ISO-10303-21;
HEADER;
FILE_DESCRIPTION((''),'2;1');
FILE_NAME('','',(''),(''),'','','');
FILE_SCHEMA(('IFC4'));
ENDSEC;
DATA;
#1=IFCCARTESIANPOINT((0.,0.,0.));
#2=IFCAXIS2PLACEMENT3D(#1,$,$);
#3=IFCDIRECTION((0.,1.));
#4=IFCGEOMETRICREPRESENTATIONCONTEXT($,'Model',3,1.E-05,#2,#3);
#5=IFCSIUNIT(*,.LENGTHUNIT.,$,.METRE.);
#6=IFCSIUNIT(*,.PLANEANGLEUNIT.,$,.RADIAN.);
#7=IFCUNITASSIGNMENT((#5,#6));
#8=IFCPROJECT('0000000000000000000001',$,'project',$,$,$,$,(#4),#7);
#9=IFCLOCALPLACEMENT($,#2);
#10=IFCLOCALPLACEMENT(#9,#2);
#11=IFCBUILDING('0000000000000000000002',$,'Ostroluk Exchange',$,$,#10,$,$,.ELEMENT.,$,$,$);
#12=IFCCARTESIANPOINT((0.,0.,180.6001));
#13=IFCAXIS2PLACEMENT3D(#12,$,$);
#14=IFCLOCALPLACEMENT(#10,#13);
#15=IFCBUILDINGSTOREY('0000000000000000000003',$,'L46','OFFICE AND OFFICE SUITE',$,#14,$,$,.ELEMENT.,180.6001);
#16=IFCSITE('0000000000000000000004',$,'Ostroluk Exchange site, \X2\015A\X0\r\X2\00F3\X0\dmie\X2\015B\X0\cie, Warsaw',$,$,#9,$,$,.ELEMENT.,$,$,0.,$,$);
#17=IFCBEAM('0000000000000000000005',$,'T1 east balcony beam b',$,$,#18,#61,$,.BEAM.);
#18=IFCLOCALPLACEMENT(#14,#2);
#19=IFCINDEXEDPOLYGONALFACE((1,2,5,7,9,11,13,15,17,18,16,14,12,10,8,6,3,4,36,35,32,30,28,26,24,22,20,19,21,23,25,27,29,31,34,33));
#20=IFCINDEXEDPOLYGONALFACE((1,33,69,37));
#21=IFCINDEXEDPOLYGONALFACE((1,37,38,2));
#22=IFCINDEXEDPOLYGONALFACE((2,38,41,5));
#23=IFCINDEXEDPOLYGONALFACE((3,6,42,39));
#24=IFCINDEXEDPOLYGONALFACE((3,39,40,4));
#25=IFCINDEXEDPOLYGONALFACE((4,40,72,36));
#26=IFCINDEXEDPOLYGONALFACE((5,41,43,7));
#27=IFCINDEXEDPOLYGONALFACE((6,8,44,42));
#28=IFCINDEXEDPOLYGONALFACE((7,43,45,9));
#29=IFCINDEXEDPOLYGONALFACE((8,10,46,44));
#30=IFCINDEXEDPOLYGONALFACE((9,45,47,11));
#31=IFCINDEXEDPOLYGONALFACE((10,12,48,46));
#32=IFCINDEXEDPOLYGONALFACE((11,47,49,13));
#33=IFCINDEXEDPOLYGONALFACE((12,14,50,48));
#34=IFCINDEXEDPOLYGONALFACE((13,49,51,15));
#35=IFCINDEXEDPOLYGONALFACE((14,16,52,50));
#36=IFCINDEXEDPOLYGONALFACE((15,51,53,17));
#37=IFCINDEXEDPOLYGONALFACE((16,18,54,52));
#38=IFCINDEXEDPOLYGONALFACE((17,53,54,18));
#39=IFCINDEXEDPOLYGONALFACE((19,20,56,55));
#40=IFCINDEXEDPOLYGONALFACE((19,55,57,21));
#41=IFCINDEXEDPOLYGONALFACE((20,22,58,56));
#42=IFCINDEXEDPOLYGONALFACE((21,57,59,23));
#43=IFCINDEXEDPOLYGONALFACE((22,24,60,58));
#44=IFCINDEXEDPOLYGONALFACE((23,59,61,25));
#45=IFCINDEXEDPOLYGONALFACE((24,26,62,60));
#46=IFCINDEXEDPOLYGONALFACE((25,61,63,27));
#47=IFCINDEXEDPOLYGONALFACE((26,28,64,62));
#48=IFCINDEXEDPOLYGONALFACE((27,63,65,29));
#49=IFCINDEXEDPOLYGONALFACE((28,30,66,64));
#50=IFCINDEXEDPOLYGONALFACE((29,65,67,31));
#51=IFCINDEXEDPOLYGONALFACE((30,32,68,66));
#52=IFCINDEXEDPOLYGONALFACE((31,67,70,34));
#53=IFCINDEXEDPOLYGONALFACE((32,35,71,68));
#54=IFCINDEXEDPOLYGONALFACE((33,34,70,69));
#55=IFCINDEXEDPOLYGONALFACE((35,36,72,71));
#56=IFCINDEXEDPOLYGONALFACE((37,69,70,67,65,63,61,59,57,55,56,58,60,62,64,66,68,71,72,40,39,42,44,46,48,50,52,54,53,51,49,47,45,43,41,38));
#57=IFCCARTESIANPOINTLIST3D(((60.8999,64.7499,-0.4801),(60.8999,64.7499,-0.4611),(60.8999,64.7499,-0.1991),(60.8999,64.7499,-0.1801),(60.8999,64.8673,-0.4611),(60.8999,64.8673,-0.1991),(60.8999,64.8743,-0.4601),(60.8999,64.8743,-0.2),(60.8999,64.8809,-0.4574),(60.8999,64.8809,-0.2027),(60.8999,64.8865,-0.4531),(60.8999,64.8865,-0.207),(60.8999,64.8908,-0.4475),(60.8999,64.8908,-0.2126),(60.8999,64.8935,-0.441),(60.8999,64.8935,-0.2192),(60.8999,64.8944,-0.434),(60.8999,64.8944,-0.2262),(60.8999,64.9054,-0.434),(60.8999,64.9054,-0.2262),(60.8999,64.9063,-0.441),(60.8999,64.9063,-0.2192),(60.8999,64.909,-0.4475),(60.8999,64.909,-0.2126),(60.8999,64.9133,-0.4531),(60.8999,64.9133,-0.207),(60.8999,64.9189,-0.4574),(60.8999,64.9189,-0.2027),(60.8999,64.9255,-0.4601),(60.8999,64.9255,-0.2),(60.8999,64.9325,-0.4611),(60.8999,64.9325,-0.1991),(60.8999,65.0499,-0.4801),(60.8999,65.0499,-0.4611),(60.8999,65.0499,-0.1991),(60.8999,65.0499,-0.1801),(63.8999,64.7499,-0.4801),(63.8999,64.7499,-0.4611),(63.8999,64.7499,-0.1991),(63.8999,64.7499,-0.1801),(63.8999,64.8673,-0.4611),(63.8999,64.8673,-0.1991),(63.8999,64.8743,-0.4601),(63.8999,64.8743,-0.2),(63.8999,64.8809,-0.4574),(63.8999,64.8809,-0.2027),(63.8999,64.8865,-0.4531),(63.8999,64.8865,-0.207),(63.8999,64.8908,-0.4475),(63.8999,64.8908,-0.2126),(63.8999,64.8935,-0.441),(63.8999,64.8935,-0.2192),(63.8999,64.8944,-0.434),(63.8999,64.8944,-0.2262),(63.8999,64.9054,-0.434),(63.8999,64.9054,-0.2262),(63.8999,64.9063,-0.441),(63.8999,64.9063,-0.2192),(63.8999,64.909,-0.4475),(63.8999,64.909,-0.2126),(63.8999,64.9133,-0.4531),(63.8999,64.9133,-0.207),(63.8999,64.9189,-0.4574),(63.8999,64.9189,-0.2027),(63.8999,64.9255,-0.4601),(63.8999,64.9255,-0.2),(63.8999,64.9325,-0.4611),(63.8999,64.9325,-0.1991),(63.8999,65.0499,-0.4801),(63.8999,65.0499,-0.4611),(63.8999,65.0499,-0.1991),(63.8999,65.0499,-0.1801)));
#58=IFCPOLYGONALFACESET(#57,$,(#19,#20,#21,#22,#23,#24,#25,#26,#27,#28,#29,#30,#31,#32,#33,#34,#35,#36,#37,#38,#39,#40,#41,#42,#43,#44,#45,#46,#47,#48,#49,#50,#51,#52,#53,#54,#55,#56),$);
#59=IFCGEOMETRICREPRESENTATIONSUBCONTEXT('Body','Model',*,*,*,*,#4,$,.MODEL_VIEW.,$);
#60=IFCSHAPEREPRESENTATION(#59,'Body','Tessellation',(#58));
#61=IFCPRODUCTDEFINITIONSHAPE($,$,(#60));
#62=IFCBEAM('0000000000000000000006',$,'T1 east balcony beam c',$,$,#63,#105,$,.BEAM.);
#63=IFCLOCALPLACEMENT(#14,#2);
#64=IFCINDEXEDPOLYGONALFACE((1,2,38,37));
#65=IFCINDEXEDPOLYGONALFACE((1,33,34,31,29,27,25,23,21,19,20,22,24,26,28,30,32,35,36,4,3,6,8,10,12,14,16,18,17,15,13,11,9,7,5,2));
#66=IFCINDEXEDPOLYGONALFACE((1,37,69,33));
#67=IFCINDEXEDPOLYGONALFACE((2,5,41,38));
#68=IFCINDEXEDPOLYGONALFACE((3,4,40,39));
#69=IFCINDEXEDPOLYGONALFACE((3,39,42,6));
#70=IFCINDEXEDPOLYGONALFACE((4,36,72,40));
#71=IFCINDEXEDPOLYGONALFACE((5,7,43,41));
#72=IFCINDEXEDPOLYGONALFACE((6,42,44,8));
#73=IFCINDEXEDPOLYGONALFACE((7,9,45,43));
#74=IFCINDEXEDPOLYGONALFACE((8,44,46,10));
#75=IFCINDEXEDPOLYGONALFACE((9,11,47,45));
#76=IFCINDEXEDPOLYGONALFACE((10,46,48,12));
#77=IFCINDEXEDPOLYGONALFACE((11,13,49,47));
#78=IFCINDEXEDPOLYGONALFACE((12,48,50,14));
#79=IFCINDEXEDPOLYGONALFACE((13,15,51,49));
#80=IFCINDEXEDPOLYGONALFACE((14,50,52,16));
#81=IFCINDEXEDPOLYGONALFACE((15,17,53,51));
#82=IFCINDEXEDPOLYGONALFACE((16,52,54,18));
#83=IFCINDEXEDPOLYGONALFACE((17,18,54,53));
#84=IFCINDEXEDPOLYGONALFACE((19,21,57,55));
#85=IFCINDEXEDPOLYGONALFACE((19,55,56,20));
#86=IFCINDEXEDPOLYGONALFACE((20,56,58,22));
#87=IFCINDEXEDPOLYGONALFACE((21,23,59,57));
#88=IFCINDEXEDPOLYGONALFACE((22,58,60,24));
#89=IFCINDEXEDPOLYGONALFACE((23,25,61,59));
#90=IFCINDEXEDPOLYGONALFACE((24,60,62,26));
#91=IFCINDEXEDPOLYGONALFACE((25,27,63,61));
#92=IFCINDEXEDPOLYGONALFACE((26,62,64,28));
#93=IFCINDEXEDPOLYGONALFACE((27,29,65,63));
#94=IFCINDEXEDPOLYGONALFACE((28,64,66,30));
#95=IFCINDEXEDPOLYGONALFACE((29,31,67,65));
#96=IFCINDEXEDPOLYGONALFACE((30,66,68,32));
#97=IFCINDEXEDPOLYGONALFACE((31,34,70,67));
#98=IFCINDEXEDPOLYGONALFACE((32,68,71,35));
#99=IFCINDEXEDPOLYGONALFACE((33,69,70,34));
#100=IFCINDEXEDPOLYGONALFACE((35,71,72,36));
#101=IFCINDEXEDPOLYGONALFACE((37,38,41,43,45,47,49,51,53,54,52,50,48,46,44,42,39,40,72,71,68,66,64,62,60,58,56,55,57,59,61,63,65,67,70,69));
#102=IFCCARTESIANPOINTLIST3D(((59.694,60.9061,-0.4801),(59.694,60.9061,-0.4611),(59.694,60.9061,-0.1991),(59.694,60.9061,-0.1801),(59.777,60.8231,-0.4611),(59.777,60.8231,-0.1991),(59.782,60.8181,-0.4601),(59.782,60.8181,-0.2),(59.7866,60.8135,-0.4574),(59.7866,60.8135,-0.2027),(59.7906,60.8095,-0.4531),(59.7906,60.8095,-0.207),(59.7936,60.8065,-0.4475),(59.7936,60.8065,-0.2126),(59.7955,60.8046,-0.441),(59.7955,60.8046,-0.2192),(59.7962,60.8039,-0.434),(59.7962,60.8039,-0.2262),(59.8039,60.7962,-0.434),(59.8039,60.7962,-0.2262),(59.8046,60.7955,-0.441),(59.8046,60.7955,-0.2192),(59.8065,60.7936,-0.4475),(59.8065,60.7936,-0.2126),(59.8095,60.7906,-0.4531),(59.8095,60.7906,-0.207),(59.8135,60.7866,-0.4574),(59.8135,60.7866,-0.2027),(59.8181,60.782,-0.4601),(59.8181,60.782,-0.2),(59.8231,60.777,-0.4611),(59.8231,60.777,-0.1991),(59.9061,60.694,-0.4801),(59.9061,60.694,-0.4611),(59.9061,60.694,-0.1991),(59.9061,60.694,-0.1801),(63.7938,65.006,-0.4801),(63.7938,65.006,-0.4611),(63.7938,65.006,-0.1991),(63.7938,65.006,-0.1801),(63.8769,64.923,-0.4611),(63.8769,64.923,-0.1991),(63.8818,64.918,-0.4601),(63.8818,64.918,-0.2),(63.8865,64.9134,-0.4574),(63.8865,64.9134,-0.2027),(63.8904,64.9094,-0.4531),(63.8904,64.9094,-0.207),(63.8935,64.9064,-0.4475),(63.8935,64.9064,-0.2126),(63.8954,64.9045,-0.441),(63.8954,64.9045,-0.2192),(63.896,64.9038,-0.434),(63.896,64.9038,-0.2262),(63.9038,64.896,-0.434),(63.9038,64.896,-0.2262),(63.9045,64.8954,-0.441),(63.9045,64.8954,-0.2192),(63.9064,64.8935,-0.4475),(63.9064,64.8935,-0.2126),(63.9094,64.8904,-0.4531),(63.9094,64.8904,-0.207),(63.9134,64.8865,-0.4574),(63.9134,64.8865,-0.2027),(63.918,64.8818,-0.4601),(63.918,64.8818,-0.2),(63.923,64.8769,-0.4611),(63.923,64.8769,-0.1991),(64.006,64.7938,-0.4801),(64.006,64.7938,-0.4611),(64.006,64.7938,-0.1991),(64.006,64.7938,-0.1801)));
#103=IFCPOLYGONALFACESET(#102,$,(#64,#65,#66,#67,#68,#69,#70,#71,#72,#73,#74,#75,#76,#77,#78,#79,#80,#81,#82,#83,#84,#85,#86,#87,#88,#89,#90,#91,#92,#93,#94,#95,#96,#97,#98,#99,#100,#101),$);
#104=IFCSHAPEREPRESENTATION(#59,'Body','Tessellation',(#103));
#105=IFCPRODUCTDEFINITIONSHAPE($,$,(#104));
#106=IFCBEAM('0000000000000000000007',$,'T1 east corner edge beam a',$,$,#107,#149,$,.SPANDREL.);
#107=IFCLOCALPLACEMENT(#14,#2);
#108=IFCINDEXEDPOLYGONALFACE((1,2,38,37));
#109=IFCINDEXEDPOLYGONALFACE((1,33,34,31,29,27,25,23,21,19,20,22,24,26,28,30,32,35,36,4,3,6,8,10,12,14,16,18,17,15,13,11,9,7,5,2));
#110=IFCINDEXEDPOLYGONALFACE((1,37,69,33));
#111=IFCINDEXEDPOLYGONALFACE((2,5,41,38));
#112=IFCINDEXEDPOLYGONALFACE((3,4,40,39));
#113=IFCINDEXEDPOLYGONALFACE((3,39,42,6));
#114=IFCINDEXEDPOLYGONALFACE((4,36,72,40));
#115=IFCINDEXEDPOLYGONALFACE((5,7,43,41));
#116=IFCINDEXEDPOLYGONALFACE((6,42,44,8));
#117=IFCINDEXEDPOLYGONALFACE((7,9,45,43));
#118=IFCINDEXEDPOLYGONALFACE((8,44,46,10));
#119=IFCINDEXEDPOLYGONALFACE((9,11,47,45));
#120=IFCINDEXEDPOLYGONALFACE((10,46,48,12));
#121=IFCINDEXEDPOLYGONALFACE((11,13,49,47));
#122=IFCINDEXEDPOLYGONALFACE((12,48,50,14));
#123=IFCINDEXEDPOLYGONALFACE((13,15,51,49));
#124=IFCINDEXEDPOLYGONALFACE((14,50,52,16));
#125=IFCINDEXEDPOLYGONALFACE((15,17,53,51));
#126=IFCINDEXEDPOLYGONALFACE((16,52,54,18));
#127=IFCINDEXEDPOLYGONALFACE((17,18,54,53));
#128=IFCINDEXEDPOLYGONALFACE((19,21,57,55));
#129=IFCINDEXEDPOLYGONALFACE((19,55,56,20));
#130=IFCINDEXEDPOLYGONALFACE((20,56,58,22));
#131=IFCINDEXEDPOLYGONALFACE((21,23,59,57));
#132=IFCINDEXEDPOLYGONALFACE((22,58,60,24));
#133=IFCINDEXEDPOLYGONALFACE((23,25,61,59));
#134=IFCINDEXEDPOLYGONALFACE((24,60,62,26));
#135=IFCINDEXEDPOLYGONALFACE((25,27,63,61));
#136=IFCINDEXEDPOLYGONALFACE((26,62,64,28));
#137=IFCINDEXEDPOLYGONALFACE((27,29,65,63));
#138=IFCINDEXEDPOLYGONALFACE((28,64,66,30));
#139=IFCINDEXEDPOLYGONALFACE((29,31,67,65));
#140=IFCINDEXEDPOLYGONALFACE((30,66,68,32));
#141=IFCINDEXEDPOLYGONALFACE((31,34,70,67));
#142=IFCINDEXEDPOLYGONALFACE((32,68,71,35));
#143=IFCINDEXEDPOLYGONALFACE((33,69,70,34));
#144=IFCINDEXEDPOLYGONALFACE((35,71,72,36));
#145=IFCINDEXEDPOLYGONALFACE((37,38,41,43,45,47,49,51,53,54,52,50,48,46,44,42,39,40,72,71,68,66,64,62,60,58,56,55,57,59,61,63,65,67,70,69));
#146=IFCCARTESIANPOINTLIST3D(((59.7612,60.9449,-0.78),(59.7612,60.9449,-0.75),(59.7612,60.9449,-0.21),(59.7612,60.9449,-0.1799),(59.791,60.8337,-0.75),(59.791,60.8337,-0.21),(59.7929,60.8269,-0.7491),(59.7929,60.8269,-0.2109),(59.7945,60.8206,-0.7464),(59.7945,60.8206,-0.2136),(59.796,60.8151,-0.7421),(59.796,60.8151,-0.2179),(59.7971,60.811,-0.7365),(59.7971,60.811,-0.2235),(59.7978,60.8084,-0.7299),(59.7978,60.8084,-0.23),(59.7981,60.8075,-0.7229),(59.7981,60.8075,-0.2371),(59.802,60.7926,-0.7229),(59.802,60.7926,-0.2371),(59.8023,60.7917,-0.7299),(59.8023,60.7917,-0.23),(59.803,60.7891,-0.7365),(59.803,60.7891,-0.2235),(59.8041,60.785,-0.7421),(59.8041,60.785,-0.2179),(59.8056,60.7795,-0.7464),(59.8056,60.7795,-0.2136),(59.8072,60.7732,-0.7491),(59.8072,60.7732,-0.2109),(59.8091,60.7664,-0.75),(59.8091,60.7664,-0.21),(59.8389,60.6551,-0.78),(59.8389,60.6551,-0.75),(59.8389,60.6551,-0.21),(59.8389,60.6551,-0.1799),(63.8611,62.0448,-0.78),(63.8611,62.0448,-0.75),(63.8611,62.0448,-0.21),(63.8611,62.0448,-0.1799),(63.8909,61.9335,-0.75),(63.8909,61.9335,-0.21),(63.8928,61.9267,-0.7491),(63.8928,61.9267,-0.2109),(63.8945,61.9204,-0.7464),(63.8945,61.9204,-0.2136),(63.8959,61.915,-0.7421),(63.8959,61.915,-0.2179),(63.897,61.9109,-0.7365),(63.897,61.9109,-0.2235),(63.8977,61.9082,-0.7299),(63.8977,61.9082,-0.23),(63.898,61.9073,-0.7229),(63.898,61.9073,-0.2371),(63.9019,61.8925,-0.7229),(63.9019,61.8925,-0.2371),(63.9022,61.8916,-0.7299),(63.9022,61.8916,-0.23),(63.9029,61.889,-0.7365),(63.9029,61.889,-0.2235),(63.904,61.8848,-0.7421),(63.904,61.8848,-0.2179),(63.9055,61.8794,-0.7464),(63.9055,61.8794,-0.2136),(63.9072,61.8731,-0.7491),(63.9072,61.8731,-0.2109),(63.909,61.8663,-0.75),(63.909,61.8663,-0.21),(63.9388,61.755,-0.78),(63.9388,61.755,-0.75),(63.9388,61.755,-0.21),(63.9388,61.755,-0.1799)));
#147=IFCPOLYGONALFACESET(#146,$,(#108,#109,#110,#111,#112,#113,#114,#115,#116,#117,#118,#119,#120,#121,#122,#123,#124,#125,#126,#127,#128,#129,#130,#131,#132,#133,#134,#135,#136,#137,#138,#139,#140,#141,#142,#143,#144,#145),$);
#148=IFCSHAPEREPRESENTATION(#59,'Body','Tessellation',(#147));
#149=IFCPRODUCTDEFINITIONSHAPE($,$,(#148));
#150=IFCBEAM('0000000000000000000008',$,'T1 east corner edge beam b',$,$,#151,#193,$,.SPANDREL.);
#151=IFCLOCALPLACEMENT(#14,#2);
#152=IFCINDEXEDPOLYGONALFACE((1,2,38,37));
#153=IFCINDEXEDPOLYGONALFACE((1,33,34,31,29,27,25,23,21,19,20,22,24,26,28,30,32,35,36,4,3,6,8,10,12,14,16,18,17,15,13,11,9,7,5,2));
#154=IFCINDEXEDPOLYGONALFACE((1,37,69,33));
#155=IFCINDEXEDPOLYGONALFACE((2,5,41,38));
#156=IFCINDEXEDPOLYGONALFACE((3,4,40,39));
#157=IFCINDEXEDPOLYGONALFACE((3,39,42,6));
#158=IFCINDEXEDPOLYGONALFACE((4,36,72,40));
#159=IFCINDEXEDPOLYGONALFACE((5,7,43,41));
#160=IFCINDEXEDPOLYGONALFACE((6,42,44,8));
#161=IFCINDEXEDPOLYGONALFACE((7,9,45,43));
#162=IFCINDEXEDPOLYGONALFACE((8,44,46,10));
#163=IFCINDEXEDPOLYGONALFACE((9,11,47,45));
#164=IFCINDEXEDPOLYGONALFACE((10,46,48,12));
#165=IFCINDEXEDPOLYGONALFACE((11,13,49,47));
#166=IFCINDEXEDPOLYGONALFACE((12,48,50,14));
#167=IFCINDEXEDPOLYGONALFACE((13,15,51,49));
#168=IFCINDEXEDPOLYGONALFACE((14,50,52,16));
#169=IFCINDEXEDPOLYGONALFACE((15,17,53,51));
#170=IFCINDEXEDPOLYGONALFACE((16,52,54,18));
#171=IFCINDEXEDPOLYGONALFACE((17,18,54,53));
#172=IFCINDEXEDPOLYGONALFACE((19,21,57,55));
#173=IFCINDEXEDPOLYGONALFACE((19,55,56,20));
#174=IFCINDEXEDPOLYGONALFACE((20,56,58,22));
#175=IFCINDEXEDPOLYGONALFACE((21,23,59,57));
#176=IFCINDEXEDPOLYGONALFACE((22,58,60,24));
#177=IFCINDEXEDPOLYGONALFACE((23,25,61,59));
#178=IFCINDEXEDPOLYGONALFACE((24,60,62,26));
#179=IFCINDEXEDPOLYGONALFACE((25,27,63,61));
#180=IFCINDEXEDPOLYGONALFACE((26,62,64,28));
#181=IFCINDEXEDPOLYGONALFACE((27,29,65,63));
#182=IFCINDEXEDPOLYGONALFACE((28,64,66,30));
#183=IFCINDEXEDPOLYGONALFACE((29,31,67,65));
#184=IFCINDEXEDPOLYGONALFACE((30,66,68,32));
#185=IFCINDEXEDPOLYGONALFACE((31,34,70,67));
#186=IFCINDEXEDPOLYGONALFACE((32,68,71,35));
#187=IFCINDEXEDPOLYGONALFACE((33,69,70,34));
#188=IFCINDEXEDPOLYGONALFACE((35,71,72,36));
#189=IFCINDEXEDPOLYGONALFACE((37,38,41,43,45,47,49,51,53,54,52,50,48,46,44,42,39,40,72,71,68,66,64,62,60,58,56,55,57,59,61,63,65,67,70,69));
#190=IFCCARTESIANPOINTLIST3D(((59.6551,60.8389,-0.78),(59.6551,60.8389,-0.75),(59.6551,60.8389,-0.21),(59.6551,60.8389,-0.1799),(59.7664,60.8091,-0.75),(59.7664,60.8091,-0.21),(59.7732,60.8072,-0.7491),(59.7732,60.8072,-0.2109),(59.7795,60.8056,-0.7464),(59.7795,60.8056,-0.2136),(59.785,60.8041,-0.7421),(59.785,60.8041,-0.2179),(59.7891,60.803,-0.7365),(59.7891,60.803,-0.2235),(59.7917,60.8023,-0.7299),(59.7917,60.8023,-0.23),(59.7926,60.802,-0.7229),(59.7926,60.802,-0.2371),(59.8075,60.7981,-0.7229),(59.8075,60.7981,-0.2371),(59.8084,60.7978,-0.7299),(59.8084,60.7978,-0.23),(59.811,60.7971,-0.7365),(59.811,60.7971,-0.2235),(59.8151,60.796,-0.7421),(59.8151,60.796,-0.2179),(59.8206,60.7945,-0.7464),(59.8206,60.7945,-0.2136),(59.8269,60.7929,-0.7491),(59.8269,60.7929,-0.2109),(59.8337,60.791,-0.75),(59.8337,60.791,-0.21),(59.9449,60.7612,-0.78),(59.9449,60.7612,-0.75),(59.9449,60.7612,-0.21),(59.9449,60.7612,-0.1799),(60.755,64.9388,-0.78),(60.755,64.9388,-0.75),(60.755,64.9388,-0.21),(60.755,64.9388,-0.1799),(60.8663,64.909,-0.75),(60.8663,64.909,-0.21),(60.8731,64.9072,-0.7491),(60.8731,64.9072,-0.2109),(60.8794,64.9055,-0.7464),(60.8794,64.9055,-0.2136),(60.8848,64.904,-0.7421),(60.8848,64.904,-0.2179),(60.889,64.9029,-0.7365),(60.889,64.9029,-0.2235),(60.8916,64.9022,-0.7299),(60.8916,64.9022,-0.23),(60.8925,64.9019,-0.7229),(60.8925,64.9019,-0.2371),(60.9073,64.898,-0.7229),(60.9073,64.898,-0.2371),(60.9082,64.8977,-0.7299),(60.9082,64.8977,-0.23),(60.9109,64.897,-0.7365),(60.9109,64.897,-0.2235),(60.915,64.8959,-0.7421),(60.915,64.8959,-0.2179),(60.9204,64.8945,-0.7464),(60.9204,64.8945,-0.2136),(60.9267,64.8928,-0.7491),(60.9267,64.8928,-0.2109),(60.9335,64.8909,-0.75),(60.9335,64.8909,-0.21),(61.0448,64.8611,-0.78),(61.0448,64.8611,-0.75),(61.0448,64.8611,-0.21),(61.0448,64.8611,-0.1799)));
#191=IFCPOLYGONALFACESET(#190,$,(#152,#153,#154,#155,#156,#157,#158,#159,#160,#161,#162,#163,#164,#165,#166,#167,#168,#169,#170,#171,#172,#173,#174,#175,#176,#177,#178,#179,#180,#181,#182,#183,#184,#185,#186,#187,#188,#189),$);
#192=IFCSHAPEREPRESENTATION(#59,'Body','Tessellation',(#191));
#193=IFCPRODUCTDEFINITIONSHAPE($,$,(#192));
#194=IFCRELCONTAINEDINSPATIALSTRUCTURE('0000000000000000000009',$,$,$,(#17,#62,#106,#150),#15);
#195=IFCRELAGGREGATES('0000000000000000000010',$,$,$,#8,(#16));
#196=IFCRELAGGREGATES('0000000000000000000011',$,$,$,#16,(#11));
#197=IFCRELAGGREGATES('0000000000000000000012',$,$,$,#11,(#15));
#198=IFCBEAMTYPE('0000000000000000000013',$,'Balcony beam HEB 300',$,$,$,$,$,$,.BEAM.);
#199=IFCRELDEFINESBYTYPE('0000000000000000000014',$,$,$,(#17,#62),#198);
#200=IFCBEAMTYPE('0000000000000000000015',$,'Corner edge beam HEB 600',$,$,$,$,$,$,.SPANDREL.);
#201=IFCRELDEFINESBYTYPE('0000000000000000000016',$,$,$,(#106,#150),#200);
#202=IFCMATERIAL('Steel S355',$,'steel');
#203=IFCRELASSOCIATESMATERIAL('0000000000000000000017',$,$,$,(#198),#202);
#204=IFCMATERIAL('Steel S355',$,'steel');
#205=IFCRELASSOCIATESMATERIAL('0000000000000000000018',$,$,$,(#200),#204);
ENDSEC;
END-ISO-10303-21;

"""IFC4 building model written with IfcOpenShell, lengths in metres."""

from ifc_helpers import new_model, si_unit, direction, frame, origin, origin_2d, place, context, subcontext, project, spatial, i_section, extrude, material, material_profile, profile_set, type_object, element, save


model = new_model("IFC4")

# Units and contexts
model_context = context("Model", 3, precision=1e-05, world=origin(), true_north=direction((0.0, 1.0)))
body_context = subcontext(model_context, "Body", "Model", "MODEL_VIEW")
ifc_project = project(units=[si_unit("LENGTHUNIT", "METRE"), si_unit("PLANEANGLEUNIT", "RADIAN")], contexts=[model_context])

# Site, building, storey
site_placement = place(None, origin())
site = spatial("IfcSite", under=ifc_project, at=site_placement, Name="Ostroluk Exchange site, Śródmieście, Warsaw", CompositionType="ELEMENT", RefElevation=0.0)
building_placement = place(site_placement, origin())
building = spatial("IfcBuilding", under=site, at=building_placement, Name="Ostroluk Exchange", CompositionType="ELEMENT")
storey_placement = place(building_placement, frame((0.0, 0.0, 180.6001)))
storey = spatial("IfcBuildingStorey", under=building, at=storey_placement, Name="L46", Description="OFFICE AND OFFICE SUITE", CompositionType="ELEMENT", Elevation=180.6001)

# Beams
ifc_material_1 = material(Name="Steel S355", Category="steel")
ifc_material_profile_1 = material_profile(ifc_material_1, i_section(OverallWidth=0.3, OverallDepth=0.3, WebThickness=0.011, FlangeThickness=0.019, FilletRadius=0.0271, at=origin_2d()), Name="HEB 300")
ifc_profile_set_1 = profile_set([ifc_material_profile_1], Name="Steel S355")
beam_type_1 = type_object("IfcBeamType", Name="Balcony beam HEB 300", PredefinedType="BEAM", material=ifc_profile_set_1)
for number, where, z_axis, x_axis, name in (
    (1, (60.8999, 64.8999, -0.3301), (1.0, 0.0, 0.0), (0.0, 1.0, 0.0), "T1 east balcony beam b"),
):
    element("IfcBeam", number, at=place(storey_placement, frame(where, z_axis=z_axis, x_axis=x_axis)), inside=storey, type_object=beam_type_1, Name=name, PredefinedType="BEAM", context=body_context, shape_type="SweptSolid", body=[
        extrude(i_section(OverallWidth=0.3, OverallDepth=0.3, WebThickness=0.011, FlangeThickness=0.019, FilletRadius=0.0271, at=origin_2d()), origin(), (0.0, 0.0, 1.0), 3.0),
    ])
beam_1_placement = place(storey_placement, frame((59.8, 60.8, -0.3301), z_axis=(0.707107, 0.707107, 0.0), x_axis=(-0.707107, 0.707107, 0.0)))
element("IfcBeam", 2, at=beam_1_placement, inside=storey, type_object=beam_type_1, Name="T1 east balcony beam c", PredefinedType="BEAM", context=body_context, shape_type="SweptSolid", body=[
    extrude(i_section(OverallWidth=0.3, OverallDepth=0.3, WebThickness=0.011, FlangeThickness=0.019, FilletRadius=0.0271, at=origin_2d()), origin(), (0.0, 0.0, 1.0), 5.7981),
])
ifc_material_2 = material(Name="Steel S355", Category="steel")
ifc_material_profile_2 = material_profile(ifc_material_2, i_section(OverallWidth=0.3, OverallDepth=0.6001, WebThickness=0.0154, FlangeThickness=0.03, FilletRadius=0.0271, at=origin_2d()), Name="HEB 600")
ifc_profile_set_2 = profile_set([ifc_material_profile_2], Name="Steel S355")
beam_type_2 = type_object("IfcBeamType", Name="Corner edge beam HEB 600", PredefinedType="SPANDREL", material=ifc_profile_set_2)
for number, where, z_axis, x_axis, name in (
    (3, (59.8, 60.8, -0.48), (0.965849, 0.259105, 0.0), (-0.259105, 0.965849, 0.0), "T1 east corner edge beam a"),
    (4, (59.8, 60.8, -0.48), (0.259105, 0.965849, 0.0), (-0.965849, 0.259105, 0.0), "T1 east corner edge beam b"),
):
    element("IfcBeam", number, at=place(storey_placement, frame(where, z_axis=z_axis, x_axis=x_axis)), inside=storey, type_object=beam_type_2, Name=name, PredefinedType="SPANDREL", context=body_context, shape_type="SweptSolid", body=[
        extrude(i_section(OverallWidth=0.3, OverallDepth=0.6001, WebThickness=0.0154, FlangeThickness=0.03, FilletRadius=0.0271, at=origin_2d()), origin(), (0.0, 0.0, 1.0), 4.2449),
    ])

save(model, "model.ifc")
